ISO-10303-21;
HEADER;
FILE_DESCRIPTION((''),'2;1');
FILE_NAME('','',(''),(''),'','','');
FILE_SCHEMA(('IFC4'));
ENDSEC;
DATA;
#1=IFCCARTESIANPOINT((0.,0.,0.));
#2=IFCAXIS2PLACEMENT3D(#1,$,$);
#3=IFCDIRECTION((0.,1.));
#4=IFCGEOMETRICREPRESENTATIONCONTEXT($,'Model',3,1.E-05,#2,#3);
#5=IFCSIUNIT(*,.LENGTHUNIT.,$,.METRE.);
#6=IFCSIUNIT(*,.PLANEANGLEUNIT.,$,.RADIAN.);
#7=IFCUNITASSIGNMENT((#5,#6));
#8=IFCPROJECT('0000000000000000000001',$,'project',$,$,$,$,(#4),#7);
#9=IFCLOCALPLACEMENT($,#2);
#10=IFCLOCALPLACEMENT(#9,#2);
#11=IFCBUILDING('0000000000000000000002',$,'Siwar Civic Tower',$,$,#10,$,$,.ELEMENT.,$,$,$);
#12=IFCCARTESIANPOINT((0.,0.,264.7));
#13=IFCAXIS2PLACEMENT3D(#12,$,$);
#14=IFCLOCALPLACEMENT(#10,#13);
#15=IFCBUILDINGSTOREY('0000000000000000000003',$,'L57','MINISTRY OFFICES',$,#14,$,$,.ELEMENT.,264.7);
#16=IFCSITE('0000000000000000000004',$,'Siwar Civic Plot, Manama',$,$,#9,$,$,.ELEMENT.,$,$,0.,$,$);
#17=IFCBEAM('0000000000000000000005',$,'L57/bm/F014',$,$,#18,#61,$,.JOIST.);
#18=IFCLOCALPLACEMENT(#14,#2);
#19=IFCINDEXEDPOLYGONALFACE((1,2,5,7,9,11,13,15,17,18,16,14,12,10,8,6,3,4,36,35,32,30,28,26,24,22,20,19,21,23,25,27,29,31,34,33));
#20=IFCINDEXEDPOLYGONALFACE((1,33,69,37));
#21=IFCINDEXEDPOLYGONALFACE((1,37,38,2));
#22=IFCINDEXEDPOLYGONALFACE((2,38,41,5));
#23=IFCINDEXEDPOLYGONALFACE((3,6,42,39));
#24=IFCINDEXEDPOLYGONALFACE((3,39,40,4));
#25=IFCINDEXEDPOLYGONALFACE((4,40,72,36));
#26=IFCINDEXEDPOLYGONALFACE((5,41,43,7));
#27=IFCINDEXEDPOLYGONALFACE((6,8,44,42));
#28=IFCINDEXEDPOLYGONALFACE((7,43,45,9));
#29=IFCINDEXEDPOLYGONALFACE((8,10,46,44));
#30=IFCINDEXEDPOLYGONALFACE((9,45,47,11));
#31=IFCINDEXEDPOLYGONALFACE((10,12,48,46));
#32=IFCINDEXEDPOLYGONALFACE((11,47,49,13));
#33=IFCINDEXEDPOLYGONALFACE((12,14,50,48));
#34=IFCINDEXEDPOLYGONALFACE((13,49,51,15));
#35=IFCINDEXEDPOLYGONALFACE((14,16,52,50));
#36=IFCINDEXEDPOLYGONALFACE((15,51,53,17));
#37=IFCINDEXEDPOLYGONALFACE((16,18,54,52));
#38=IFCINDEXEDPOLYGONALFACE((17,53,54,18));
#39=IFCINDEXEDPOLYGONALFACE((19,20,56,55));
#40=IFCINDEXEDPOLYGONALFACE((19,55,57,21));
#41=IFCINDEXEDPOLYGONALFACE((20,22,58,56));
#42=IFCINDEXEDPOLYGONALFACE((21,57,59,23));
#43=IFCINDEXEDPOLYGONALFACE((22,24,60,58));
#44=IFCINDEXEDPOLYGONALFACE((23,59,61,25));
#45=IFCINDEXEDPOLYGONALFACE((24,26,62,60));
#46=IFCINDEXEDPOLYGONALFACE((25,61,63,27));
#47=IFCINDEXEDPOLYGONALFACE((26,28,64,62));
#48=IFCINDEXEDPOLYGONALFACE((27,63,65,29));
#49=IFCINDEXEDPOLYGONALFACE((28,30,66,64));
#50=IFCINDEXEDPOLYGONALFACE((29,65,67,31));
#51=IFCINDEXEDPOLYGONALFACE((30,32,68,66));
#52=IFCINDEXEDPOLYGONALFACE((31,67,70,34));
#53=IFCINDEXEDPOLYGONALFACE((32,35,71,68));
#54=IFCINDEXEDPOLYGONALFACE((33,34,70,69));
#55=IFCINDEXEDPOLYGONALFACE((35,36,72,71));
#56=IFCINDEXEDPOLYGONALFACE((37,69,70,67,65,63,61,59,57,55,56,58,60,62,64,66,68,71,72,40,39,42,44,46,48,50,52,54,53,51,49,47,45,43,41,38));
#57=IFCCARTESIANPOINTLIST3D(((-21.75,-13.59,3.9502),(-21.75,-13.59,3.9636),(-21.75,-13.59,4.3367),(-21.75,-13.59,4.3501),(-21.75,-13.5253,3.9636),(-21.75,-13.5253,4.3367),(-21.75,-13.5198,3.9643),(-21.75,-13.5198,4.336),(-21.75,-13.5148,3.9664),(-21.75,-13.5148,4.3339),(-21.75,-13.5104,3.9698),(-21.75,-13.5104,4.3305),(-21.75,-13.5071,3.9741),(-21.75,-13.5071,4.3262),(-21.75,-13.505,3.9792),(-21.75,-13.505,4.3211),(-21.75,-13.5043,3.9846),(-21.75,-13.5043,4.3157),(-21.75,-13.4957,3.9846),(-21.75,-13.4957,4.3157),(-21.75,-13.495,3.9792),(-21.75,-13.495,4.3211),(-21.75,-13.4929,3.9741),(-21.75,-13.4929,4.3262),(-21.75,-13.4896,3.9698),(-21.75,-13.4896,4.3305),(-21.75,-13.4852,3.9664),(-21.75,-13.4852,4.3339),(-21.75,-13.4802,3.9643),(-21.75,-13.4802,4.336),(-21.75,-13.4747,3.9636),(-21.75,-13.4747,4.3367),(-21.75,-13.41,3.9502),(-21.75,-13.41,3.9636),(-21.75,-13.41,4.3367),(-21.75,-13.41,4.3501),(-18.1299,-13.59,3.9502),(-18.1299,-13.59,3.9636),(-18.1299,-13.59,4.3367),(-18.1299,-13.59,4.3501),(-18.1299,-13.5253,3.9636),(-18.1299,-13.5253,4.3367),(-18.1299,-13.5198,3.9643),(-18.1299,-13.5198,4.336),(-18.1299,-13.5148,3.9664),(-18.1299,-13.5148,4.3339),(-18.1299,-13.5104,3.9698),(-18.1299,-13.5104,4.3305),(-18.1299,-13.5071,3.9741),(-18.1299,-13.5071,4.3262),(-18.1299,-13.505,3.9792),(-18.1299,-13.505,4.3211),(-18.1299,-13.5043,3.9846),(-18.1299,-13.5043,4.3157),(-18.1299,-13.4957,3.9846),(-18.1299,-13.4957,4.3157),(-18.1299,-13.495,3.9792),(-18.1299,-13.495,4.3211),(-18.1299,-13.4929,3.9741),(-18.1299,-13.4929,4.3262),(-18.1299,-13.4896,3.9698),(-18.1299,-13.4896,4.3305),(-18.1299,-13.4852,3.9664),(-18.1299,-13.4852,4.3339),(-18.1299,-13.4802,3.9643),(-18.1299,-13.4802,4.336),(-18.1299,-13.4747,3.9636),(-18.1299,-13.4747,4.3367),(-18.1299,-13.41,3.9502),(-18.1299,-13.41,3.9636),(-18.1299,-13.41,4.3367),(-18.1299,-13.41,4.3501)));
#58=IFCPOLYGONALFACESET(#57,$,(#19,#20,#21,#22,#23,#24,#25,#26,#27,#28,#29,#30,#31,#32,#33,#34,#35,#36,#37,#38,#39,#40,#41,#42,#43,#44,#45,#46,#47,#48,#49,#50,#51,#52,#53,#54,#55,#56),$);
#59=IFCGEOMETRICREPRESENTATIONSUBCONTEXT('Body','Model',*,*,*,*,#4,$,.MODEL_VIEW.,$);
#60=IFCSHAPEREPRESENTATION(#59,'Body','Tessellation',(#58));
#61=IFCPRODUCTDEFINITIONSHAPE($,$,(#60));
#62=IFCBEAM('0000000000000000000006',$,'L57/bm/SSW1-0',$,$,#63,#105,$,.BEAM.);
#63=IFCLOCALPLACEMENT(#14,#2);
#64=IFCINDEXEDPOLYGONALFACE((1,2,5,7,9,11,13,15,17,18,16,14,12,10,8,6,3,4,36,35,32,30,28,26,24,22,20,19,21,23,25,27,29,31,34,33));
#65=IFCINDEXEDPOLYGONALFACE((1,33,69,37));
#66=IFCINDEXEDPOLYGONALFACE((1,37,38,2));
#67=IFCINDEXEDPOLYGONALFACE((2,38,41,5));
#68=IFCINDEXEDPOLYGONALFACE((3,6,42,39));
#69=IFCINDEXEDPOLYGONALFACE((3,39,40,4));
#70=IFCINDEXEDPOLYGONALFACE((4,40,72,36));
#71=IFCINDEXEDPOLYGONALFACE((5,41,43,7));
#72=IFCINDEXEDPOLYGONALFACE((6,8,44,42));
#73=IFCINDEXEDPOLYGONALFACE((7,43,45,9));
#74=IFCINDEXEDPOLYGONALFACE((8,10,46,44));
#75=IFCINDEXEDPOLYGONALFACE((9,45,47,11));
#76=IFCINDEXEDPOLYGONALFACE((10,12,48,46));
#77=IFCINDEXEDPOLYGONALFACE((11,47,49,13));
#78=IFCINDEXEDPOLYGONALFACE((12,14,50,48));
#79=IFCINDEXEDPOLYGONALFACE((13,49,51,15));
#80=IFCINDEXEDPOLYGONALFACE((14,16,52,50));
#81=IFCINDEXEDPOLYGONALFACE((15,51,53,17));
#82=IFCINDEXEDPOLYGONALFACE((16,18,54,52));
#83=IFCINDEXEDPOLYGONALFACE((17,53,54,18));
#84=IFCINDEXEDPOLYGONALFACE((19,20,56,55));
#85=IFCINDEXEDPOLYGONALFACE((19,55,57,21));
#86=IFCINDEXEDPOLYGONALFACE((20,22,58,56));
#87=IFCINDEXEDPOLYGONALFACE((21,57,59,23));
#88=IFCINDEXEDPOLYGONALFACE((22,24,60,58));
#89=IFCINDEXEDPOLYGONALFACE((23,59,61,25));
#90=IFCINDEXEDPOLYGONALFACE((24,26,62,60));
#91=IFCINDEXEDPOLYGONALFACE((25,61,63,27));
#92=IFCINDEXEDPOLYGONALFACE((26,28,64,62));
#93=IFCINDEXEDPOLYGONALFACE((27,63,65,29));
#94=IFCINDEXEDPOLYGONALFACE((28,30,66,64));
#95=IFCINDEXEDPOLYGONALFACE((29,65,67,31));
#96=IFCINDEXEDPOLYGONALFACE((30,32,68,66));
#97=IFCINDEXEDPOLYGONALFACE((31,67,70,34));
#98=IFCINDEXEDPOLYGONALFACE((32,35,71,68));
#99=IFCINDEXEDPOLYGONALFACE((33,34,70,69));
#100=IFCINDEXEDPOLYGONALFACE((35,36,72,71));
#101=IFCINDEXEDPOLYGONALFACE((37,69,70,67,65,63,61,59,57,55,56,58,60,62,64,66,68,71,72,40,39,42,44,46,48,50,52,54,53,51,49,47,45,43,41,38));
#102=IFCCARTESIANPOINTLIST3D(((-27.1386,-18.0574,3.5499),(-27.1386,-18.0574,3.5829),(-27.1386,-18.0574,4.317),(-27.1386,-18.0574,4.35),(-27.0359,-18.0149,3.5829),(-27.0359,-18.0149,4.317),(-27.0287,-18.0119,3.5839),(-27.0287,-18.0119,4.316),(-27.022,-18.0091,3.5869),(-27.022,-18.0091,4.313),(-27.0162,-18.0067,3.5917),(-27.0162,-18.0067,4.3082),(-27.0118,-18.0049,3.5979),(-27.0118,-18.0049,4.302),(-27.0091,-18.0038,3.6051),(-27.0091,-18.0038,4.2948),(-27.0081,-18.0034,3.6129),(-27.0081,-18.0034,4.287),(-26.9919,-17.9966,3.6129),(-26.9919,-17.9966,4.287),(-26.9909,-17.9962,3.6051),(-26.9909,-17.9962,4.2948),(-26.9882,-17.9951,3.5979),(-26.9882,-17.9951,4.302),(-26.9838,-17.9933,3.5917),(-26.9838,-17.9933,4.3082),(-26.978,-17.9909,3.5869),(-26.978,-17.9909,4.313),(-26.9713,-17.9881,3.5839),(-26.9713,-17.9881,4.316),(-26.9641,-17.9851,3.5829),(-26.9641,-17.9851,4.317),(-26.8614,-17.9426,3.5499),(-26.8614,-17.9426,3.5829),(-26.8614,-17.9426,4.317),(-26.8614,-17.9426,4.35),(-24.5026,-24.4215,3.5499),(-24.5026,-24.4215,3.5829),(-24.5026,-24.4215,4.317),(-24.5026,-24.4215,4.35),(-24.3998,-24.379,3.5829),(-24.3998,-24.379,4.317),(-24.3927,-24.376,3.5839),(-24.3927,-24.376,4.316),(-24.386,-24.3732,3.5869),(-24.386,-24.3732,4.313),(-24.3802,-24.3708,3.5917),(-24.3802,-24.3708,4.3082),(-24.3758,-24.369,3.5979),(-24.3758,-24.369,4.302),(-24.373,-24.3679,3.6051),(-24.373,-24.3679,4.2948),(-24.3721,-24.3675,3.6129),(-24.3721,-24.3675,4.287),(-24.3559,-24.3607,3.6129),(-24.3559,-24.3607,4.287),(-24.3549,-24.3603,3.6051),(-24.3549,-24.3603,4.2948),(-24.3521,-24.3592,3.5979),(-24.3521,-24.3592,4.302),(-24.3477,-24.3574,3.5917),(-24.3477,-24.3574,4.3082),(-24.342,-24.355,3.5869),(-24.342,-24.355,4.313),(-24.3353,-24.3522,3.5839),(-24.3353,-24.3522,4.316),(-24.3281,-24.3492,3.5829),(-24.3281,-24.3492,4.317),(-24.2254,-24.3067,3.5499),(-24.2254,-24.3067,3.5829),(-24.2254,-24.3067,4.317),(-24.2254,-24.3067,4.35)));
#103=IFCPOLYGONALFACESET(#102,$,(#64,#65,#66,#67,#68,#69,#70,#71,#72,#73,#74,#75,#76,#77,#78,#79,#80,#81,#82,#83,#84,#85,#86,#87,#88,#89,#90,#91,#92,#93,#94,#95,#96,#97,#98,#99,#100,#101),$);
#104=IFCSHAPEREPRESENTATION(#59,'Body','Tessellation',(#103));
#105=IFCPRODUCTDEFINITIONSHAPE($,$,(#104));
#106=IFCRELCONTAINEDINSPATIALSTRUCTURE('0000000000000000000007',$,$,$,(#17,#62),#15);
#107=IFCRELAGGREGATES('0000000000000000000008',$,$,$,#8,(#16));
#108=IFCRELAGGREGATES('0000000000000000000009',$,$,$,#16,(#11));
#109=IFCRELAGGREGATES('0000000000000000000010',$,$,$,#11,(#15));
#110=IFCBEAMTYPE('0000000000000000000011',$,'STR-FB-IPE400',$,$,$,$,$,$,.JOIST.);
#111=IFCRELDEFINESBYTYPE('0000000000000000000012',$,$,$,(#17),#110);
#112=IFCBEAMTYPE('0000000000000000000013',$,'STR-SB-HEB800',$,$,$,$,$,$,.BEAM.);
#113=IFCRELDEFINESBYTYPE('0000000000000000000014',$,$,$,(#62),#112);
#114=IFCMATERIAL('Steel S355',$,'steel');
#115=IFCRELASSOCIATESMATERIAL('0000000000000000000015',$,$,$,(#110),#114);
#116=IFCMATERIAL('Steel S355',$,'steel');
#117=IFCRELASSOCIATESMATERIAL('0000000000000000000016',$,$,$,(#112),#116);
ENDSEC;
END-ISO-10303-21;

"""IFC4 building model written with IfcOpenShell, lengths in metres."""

from ifc_helpers import new_model, si_unit, direction, frame, origin, origin_2d, place, context, subcontext, project, spatial, i_section, extrude, material, material_profile, profile_set, type_object, element, save


model = new_model("IFC4")

# Units and contexts
model_context = context("Model", 3, precision=1e-05, world=origin(), true_north=direction((0.0, 1.0)))
body_context = subcontext(model_context, "Body", "Model", "MODEL_VIEW")
ifc_project = project(units=[si_unit("LENGTHUNIT", "METRE"), si_unit("PLANEANGLEUNIT", "RADIAN")], contexts=[model_context])

# Site, building, storey
site_placement = place(None, origin())
site = spatial("IfcSite", under=ifc_project, at=site_placement, Name="Siwar Civic Plot, Manama", CompositionType="ELEMENT", RefElevation=0.0)
building_placement = place(site_placement, origin())
building = spatial("IfcBuilding", under=site, at=building_placement, Name="Siwar Civic Tower", CompositionType="ELEMENT")
storey_placement = place(building_placement, frame((0.0, 0.0, 264.7)))
storey = spatial("IfcBuildingStorey", under=building, at=storey_placement, Name="L57", Description="MINISTRY OFFICES", CompositionType="ELEMENT", Elevation=264.7)

# Beams
ifc_material_1 = material(Name="Steel S355", Category="steel")
ifc_material_profile_1 = material_profile(ifc_material_1, i_section(OverallWidth=0.1799, OverallDepth=0.3999, WebThickness=0.0085, FlangeThickness=0.0134, FilletRadius=0.021, at=origin_2d()), Name="IPE400")
ifc_profile_set_1 = profile_set([ifc_material_profile_1], Name="Steel S355")
beam_type_1 = type_object("IfcBeamType", Name="STR-FB-IPE400", PredefinedType="JOIST", material=ifc_profile_set_1)
beam_1_placement = place(storey_placement, frame((-21.75, -13.5, 4.1501), z_axis=(1.0, 0.0, 0.0), x_axis=(0.0, 1.0, 0.0)))
element("IfcBeam", 1, at=beam_1_placement, inside=storey, type_object=beam_type_1, Name="L57/bm/F014", PredefinedType="JOIST", context=body_context, shape_type="SweptSolid", body=[
    extrude(i_section(OverallWidth=0.1799, OverallDepth=0.3999, WebThickness=0.0085, FlangeThickness=0.0134, FilletRadius=0.021, at=origin_2d()), origin(), (0.0, 0.0, 1.0), 3.6201),
])
ifc_material_2 = material(Name="Steel S355", Category="steel")
ifc_material_profile_2 = material_profile(ifc_material_2, i_section(OverallWidth=0.3, OverallDepth=0.8, WebThickness=0.0176, FlangeThickness=0.033, FilletRadius=0.03, at=origin_2d()), Name="HEB800")
ifc_profile_set_2 = profile_set([ifc_material_profile_2], Name="Steel S355")
beam_type_2 = type_object("IfcBeamType", Name="STR-SB-HEB800", PredefinedType="BEAM", material=ifc_profile_set_2)
beam_2_placement = place(storey_placement, frame((-27.0, -18.0, 3.95), z_axis=(0.382674, -0.923883, 0.0), x_axis=(0.923883, 0.382674, 0.0)))
element("IfcBeam", 2, at=beam_2_placement, inside=storey, type_object=beam_type_2, Name="L57/bm/SSW1-0", PredefinedType="BEAM", context=body_context, shape_type="SweptSolid", body=[
    extrude(i_section(OverallWidth=0.3, OverallDepth=0.8, WebThickness=0.0176, FlangeThickness=0.033, FilletRadius=0.03, at=origin_2d()), origin(), (0.0, 0.0, 1.0), 6.8884),
])

save(model, "model.ifc")
